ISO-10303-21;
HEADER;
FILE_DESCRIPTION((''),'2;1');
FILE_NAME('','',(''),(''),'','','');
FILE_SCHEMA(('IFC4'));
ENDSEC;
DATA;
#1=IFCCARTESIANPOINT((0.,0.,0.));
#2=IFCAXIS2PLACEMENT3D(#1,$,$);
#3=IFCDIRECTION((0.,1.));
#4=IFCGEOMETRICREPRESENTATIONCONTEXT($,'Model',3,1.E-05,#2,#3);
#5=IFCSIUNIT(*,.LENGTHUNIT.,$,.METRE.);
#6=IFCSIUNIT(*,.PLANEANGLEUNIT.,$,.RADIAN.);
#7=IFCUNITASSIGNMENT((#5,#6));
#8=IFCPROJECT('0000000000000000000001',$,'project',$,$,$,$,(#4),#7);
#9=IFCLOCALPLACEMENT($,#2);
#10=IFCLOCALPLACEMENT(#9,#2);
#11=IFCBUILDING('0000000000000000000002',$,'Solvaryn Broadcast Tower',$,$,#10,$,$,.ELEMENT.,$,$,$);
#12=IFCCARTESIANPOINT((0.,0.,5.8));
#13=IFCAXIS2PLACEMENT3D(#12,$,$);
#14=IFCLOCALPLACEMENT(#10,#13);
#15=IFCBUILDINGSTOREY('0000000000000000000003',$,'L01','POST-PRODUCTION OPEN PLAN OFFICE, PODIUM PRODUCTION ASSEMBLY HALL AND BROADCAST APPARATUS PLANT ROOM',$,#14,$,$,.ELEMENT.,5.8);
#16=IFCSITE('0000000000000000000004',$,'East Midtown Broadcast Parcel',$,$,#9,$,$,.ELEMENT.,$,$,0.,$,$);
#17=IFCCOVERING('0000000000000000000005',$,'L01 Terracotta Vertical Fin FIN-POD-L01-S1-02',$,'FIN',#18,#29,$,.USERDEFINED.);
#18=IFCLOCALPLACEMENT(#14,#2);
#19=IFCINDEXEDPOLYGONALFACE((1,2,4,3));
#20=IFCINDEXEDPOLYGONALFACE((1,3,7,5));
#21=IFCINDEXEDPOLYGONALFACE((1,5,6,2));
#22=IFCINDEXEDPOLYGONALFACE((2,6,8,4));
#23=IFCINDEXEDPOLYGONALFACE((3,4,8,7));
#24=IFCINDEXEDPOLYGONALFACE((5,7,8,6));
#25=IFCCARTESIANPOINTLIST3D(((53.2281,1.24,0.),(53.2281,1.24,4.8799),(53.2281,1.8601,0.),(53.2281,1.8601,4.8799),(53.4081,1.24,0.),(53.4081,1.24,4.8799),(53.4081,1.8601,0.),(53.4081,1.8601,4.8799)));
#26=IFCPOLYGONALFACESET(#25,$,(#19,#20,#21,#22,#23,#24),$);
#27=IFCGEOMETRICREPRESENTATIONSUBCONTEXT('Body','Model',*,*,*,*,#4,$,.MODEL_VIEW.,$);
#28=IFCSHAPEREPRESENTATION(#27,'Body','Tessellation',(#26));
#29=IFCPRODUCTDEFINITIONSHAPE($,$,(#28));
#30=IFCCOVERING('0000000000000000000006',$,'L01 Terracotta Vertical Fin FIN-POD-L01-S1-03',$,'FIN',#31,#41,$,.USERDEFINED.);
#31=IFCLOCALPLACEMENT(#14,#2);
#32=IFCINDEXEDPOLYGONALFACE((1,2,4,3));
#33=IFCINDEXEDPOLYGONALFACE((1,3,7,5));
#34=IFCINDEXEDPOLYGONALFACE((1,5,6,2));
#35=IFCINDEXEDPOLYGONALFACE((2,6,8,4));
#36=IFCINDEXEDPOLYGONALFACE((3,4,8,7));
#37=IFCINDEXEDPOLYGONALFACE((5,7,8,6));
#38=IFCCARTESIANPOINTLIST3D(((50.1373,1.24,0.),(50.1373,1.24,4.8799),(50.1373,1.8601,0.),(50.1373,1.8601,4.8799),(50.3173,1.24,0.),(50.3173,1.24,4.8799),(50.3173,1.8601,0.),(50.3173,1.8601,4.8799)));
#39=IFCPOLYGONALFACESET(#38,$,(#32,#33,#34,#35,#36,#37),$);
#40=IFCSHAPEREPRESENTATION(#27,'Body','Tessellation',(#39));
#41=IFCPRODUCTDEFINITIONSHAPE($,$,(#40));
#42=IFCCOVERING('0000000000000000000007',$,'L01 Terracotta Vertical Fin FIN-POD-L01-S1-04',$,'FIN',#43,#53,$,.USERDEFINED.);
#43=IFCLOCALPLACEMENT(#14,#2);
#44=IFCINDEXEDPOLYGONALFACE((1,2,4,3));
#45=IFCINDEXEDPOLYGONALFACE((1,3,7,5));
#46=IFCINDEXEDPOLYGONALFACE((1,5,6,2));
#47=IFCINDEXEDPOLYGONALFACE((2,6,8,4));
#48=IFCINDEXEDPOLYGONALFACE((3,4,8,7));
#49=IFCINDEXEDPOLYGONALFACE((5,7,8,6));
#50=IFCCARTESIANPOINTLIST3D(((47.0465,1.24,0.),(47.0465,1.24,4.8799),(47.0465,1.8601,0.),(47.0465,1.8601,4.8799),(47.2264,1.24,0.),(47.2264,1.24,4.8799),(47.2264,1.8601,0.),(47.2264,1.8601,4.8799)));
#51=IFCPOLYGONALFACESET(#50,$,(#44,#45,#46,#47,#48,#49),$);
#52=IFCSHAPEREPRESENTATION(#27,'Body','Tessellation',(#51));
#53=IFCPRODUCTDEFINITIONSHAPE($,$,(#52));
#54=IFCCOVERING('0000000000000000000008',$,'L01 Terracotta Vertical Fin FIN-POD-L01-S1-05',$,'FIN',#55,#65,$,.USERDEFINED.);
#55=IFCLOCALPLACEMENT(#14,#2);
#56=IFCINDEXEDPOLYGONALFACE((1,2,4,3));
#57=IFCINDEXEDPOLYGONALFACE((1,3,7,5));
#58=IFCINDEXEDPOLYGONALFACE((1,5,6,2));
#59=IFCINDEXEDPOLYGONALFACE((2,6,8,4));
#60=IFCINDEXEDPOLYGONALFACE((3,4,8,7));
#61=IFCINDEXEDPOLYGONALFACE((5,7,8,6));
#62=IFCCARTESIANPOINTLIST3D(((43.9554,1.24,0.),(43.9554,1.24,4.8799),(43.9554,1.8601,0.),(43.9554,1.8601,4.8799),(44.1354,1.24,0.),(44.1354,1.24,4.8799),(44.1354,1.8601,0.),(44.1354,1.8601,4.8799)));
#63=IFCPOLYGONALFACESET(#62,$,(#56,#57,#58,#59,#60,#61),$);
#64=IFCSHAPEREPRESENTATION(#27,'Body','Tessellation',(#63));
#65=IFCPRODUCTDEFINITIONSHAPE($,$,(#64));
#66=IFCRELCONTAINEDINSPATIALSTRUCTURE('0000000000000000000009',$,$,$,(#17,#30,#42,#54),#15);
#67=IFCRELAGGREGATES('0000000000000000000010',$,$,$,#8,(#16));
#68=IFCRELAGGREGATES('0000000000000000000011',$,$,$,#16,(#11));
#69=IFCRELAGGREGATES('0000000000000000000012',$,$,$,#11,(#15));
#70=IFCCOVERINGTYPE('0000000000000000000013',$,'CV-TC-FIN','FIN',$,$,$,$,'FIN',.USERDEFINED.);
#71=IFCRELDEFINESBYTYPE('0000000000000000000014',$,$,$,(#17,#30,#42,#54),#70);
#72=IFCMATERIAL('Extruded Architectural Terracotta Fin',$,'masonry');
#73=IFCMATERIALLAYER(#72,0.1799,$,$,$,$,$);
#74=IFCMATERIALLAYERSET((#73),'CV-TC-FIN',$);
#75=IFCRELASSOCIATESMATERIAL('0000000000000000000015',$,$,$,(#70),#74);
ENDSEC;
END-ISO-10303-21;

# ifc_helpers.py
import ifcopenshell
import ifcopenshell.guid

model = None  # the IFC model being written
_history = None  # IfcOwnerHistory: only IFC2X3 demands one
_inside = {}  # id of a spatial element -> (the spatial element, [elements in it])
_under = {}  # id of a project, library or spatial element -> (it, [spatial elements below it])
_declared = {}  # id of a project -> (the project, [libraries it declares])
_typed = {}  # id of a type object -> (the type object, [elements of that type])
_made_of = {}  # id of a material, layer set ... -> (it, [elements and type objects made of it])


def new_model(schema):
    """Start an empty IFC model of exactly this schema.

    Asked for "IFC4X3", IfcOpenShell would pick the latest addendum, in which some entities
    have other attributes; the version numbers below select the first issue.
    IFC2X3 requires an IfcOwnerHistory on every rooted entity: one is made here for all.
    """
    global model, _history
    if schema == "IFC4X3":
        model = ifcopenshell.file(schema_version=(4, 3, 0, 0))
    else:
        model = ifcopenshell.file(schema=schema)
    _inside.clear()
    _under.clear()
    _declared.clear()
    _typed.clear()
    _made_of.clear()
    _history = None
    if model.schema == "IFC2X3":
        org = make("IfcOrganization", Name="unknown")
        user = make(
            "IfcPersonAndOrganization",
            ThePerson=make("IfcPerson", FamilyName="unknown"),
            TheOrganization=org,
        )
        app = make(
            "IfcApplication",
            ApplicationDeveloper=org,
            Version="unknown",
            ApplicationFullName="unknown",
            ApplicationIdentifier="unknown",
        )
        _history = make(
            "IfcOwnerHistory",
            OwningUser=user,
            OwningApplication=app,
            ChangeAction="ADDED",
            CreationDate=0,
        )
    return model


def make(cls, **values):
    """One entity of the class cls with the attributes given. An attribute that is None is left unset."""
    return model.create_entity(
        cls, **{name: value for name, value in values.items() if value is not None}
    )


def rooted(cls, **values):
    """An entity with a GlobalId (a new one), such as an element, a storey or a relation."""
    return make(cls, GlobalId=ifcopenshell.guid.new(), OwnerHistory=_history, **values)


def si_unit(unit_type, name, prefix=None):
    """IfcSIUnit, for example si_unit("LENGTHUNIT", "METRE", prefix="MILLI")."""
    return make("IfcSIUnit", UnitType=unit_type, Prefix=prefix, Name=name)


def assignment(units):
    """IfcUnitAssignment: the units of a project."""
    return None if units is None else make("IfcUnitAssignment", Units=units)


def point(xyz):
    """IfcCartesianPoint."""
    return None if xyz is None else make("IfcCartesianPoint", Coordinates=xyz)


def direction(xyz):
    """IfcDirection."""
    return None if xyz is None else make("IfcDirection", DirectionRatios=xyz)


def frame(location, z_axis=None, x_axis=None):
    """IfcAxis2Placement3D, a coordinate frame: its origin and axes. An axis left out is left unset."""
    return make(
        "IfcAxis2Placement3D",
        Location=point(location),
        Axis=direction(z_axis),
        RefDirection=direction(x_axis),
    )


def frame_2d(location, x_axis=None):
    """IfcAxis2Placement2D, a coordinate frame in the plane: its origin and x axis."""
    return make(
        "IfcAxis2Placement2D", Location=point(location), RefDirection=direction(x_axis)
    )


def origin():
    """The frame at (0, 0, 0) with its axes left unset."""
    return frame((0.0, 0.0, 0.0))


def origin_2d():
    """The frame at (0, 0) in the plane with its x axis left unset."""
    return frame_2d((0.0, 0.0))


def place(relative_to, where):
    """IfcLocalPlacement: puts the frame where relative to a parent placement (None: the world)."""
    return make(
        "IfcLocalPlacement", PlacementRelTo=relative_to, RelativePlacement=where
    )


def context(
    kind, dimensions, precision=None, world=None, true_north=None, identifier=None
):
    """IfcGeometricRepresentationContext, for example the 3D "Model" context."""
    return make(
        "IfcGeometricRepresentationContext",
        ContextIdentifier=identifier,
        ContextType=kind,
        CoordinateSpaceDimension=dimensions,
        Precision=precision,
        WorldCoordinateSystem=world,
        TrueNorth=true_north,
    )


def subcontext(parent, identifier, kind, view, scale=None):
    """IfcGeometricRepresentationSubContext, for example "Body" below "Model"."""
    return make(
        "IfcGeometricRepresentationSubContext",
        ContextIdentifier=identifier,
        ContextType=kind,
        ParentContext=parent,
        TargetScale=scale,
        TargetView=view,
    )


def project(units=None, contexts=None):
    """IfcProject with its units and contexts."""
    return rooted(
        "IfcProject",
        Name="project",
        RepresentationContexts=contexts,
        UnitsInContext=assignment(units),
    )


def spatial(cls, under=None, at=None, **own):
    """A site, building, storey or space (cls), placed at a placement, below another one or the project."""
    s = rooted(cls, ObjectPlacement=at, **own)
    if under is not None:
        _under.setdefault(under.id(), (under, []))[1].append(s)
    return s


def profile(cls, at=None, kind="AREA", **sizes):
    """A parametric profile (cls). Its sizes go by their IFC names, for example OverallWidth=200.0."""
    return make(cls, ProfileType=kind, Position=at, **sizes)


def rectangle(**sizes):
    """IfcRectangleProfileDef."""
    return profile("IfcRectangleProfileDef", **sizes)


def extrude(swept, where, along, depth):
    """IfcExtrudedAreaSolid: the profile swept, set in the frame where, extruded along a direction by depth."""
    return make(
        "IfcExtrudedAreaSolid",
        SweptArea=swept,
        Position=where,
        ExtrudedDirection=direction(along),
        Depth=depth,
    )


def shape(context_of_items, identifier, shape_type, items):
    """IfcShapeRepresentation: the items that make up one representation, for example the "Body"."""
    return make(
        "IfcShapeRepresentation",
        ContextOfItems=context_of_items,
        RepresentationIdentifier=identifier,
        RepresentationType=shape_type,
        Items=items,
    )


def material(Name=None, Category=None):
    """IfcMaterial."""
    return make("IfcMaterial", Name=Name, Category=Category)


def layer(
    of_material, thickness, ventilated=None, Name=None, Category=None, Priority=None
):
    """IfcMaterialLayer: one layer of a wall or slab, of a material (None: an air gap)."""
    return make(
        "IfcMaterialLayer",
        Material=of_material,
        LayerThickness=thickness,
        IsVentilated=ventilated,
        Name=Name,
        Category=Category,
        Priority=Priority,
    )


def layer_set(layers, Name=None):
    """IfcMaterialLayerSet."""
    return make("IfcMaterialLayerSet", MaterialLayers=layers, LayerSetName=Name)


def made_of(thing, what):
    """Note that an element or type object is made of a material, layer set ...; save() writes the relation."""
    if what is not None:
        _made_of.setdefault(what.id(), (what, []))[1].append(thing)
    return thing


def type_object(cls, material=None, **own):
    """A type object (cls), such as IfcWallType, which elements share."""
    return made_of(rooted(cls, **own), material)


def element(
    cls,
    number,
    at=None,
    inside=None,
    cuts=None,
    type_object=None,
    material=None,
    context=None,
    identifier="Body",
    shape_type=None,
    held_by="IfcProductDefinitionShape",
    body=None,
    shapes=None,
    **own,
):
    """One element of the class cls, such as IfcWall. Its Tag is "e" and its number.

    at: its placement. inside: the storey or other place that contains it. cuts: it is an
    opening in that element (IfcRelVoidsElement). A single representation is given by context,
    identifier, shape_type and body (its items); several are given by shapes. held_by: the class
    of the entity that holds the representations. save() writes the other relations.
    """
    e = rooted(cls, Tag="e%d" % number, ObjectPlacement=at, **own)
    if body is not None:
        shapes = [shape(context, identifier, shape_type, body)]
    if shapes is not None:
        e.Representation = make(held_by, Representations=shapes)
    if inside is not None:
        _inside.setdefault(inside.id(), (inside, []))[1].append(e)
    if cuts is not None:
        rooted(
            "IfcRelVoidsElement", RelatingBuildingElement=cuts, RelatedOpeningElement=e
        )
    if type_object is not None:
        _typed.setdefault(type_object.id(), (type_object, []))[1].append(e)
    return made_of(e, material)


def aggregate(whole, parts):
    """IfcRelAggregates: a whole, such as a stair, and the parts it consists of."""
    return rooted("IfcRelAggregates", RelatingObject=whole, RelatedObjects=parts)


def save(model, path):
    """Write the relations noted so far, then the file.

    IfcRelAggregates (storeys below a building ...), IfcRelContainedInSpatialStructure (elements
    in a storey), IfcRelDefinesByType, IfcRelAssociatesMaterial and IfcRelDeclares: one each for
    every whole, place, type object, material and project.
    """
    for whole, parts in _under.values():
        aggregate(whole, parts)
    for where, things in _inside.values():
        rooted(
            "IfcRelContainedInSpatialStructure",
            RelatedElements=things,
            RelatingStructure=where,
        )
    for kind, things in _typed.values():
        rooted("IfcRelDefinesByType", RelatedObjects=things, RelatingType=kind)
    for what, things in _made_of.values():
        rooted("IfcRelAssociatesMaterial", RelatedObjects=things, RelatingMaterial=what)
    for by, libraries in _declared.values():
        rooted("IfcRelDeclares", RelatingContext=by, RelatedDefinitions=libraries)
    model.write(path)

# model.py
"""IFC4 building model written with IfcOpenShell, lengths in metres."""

from ifc_helpers import new_model, si_unit, direction, frame, origin, origin_2d, place, context, subcontext, project, spatial, rectangle, extrude, material, layer, layer_set, type_object, element, save


model = new_model("IFC4")

# Units and contexts
model_context = context("Model", 3, precision=1e-05, world=origin(), true_north=direction((0.0, 1.0)))
body_context = subcontext(model_context, "Body", "Model", "MODEL_VIEW")
ifc_project = project(units=[si_unit("LENGTHUNIT", "METRE"), si_unit("PLANEANGLEUNIT", "RADIAN")], contexts=[model_context])

# Site, building, storey
site_placement = place(None, origin())
site = spatial("IfcSite", under=ifc_project, at=site_placement, Name="East Midtown Broadcast Parcel", CompositionType="ELEMENT", RefElevation=0.0)
building_placement = place(site_placement, origin())
building = spatial("IfcBuilding", under=site, at=building_placement, Name="Solvaryn Broadcast Tower", CompositionType="ELEMENT")
storey_placement = place(building_placement, frame((0.0, 0.0, 5.8)))
storey = spatial("IfcBuildingStorey", under=building, at=storey_placement, Name="L01", Description="POST-PRODUCTION OPEN PLAN OFFICE, PODIUM PRODUCTION ASSEMBLY HALL AND BROADCAST APPARATUS PLANT ROOM", CompositionType="ELEMENT", Elevation=5.8)

# Coverings
ifc_material_1 = material(Name="Extruded Architectural Terracotta Fin", Category="masonry")
ifc_layer_1 = layer(ifc_material_1, 0.1799)
ifc_layer_set_1 = layer_set([ifc_layer_1], Name="CV-TC-FIN")
covering_type = type_object("IfcCoveringType", Name="CV-TC-FIN", Description="FIN", ElementType="FIN", PredefinedType="USERDEFINED", material=ifc_layer_set_1)
for number, where, z_axis, x_axis, name in (
    (1, (53.3181, 1.55, 0.0), (0.0, 0.0, 1.0), (1.0, 0.0, 0.0), "L01 Terracotta Vertical Fin FIN-POD-L01-S1-02"),
    (2, (50.2273, 1.55, 0.0), (0.0, 0.0, 1.0), (1.0, 0.0, 0.0), "L01 Terracotta Vertical Fin FIN-POD-L01-S1-03"),
    (3, (47.1365, 1.55, 0.0), (0.0, 0.0, 1.0), (1.0, 0.0, 0.0), "L01 Terracotta Vertical Fin FIN-POD-L01-S1-04"),
    (4, (44.0454, 1.55, 0.0), (0.0, 0.0, 1.0), (1.0, 0.0, 0.0), "L01 Terracotta Vertical Fin FIN-POD-L01-S1-05"),
):
    element("IfcCovering", number, at=place(storey_placement, frame(where, z_axis=z_axis, x_axis=x_axis)), inside=storey, type_object=covering_type, Name=name, ObjectType="FIN", PredefinedType="USERDEFINED", context=body_context, shape_type="SweptSolid", body=[
        extrude(rectangle(XDim=0.1799, YDim=0.6201, at=origin_2d()), origin(), (0.0, 0.0, 1.0), 4.8799),
    ])

save(model, "model.ifc")
